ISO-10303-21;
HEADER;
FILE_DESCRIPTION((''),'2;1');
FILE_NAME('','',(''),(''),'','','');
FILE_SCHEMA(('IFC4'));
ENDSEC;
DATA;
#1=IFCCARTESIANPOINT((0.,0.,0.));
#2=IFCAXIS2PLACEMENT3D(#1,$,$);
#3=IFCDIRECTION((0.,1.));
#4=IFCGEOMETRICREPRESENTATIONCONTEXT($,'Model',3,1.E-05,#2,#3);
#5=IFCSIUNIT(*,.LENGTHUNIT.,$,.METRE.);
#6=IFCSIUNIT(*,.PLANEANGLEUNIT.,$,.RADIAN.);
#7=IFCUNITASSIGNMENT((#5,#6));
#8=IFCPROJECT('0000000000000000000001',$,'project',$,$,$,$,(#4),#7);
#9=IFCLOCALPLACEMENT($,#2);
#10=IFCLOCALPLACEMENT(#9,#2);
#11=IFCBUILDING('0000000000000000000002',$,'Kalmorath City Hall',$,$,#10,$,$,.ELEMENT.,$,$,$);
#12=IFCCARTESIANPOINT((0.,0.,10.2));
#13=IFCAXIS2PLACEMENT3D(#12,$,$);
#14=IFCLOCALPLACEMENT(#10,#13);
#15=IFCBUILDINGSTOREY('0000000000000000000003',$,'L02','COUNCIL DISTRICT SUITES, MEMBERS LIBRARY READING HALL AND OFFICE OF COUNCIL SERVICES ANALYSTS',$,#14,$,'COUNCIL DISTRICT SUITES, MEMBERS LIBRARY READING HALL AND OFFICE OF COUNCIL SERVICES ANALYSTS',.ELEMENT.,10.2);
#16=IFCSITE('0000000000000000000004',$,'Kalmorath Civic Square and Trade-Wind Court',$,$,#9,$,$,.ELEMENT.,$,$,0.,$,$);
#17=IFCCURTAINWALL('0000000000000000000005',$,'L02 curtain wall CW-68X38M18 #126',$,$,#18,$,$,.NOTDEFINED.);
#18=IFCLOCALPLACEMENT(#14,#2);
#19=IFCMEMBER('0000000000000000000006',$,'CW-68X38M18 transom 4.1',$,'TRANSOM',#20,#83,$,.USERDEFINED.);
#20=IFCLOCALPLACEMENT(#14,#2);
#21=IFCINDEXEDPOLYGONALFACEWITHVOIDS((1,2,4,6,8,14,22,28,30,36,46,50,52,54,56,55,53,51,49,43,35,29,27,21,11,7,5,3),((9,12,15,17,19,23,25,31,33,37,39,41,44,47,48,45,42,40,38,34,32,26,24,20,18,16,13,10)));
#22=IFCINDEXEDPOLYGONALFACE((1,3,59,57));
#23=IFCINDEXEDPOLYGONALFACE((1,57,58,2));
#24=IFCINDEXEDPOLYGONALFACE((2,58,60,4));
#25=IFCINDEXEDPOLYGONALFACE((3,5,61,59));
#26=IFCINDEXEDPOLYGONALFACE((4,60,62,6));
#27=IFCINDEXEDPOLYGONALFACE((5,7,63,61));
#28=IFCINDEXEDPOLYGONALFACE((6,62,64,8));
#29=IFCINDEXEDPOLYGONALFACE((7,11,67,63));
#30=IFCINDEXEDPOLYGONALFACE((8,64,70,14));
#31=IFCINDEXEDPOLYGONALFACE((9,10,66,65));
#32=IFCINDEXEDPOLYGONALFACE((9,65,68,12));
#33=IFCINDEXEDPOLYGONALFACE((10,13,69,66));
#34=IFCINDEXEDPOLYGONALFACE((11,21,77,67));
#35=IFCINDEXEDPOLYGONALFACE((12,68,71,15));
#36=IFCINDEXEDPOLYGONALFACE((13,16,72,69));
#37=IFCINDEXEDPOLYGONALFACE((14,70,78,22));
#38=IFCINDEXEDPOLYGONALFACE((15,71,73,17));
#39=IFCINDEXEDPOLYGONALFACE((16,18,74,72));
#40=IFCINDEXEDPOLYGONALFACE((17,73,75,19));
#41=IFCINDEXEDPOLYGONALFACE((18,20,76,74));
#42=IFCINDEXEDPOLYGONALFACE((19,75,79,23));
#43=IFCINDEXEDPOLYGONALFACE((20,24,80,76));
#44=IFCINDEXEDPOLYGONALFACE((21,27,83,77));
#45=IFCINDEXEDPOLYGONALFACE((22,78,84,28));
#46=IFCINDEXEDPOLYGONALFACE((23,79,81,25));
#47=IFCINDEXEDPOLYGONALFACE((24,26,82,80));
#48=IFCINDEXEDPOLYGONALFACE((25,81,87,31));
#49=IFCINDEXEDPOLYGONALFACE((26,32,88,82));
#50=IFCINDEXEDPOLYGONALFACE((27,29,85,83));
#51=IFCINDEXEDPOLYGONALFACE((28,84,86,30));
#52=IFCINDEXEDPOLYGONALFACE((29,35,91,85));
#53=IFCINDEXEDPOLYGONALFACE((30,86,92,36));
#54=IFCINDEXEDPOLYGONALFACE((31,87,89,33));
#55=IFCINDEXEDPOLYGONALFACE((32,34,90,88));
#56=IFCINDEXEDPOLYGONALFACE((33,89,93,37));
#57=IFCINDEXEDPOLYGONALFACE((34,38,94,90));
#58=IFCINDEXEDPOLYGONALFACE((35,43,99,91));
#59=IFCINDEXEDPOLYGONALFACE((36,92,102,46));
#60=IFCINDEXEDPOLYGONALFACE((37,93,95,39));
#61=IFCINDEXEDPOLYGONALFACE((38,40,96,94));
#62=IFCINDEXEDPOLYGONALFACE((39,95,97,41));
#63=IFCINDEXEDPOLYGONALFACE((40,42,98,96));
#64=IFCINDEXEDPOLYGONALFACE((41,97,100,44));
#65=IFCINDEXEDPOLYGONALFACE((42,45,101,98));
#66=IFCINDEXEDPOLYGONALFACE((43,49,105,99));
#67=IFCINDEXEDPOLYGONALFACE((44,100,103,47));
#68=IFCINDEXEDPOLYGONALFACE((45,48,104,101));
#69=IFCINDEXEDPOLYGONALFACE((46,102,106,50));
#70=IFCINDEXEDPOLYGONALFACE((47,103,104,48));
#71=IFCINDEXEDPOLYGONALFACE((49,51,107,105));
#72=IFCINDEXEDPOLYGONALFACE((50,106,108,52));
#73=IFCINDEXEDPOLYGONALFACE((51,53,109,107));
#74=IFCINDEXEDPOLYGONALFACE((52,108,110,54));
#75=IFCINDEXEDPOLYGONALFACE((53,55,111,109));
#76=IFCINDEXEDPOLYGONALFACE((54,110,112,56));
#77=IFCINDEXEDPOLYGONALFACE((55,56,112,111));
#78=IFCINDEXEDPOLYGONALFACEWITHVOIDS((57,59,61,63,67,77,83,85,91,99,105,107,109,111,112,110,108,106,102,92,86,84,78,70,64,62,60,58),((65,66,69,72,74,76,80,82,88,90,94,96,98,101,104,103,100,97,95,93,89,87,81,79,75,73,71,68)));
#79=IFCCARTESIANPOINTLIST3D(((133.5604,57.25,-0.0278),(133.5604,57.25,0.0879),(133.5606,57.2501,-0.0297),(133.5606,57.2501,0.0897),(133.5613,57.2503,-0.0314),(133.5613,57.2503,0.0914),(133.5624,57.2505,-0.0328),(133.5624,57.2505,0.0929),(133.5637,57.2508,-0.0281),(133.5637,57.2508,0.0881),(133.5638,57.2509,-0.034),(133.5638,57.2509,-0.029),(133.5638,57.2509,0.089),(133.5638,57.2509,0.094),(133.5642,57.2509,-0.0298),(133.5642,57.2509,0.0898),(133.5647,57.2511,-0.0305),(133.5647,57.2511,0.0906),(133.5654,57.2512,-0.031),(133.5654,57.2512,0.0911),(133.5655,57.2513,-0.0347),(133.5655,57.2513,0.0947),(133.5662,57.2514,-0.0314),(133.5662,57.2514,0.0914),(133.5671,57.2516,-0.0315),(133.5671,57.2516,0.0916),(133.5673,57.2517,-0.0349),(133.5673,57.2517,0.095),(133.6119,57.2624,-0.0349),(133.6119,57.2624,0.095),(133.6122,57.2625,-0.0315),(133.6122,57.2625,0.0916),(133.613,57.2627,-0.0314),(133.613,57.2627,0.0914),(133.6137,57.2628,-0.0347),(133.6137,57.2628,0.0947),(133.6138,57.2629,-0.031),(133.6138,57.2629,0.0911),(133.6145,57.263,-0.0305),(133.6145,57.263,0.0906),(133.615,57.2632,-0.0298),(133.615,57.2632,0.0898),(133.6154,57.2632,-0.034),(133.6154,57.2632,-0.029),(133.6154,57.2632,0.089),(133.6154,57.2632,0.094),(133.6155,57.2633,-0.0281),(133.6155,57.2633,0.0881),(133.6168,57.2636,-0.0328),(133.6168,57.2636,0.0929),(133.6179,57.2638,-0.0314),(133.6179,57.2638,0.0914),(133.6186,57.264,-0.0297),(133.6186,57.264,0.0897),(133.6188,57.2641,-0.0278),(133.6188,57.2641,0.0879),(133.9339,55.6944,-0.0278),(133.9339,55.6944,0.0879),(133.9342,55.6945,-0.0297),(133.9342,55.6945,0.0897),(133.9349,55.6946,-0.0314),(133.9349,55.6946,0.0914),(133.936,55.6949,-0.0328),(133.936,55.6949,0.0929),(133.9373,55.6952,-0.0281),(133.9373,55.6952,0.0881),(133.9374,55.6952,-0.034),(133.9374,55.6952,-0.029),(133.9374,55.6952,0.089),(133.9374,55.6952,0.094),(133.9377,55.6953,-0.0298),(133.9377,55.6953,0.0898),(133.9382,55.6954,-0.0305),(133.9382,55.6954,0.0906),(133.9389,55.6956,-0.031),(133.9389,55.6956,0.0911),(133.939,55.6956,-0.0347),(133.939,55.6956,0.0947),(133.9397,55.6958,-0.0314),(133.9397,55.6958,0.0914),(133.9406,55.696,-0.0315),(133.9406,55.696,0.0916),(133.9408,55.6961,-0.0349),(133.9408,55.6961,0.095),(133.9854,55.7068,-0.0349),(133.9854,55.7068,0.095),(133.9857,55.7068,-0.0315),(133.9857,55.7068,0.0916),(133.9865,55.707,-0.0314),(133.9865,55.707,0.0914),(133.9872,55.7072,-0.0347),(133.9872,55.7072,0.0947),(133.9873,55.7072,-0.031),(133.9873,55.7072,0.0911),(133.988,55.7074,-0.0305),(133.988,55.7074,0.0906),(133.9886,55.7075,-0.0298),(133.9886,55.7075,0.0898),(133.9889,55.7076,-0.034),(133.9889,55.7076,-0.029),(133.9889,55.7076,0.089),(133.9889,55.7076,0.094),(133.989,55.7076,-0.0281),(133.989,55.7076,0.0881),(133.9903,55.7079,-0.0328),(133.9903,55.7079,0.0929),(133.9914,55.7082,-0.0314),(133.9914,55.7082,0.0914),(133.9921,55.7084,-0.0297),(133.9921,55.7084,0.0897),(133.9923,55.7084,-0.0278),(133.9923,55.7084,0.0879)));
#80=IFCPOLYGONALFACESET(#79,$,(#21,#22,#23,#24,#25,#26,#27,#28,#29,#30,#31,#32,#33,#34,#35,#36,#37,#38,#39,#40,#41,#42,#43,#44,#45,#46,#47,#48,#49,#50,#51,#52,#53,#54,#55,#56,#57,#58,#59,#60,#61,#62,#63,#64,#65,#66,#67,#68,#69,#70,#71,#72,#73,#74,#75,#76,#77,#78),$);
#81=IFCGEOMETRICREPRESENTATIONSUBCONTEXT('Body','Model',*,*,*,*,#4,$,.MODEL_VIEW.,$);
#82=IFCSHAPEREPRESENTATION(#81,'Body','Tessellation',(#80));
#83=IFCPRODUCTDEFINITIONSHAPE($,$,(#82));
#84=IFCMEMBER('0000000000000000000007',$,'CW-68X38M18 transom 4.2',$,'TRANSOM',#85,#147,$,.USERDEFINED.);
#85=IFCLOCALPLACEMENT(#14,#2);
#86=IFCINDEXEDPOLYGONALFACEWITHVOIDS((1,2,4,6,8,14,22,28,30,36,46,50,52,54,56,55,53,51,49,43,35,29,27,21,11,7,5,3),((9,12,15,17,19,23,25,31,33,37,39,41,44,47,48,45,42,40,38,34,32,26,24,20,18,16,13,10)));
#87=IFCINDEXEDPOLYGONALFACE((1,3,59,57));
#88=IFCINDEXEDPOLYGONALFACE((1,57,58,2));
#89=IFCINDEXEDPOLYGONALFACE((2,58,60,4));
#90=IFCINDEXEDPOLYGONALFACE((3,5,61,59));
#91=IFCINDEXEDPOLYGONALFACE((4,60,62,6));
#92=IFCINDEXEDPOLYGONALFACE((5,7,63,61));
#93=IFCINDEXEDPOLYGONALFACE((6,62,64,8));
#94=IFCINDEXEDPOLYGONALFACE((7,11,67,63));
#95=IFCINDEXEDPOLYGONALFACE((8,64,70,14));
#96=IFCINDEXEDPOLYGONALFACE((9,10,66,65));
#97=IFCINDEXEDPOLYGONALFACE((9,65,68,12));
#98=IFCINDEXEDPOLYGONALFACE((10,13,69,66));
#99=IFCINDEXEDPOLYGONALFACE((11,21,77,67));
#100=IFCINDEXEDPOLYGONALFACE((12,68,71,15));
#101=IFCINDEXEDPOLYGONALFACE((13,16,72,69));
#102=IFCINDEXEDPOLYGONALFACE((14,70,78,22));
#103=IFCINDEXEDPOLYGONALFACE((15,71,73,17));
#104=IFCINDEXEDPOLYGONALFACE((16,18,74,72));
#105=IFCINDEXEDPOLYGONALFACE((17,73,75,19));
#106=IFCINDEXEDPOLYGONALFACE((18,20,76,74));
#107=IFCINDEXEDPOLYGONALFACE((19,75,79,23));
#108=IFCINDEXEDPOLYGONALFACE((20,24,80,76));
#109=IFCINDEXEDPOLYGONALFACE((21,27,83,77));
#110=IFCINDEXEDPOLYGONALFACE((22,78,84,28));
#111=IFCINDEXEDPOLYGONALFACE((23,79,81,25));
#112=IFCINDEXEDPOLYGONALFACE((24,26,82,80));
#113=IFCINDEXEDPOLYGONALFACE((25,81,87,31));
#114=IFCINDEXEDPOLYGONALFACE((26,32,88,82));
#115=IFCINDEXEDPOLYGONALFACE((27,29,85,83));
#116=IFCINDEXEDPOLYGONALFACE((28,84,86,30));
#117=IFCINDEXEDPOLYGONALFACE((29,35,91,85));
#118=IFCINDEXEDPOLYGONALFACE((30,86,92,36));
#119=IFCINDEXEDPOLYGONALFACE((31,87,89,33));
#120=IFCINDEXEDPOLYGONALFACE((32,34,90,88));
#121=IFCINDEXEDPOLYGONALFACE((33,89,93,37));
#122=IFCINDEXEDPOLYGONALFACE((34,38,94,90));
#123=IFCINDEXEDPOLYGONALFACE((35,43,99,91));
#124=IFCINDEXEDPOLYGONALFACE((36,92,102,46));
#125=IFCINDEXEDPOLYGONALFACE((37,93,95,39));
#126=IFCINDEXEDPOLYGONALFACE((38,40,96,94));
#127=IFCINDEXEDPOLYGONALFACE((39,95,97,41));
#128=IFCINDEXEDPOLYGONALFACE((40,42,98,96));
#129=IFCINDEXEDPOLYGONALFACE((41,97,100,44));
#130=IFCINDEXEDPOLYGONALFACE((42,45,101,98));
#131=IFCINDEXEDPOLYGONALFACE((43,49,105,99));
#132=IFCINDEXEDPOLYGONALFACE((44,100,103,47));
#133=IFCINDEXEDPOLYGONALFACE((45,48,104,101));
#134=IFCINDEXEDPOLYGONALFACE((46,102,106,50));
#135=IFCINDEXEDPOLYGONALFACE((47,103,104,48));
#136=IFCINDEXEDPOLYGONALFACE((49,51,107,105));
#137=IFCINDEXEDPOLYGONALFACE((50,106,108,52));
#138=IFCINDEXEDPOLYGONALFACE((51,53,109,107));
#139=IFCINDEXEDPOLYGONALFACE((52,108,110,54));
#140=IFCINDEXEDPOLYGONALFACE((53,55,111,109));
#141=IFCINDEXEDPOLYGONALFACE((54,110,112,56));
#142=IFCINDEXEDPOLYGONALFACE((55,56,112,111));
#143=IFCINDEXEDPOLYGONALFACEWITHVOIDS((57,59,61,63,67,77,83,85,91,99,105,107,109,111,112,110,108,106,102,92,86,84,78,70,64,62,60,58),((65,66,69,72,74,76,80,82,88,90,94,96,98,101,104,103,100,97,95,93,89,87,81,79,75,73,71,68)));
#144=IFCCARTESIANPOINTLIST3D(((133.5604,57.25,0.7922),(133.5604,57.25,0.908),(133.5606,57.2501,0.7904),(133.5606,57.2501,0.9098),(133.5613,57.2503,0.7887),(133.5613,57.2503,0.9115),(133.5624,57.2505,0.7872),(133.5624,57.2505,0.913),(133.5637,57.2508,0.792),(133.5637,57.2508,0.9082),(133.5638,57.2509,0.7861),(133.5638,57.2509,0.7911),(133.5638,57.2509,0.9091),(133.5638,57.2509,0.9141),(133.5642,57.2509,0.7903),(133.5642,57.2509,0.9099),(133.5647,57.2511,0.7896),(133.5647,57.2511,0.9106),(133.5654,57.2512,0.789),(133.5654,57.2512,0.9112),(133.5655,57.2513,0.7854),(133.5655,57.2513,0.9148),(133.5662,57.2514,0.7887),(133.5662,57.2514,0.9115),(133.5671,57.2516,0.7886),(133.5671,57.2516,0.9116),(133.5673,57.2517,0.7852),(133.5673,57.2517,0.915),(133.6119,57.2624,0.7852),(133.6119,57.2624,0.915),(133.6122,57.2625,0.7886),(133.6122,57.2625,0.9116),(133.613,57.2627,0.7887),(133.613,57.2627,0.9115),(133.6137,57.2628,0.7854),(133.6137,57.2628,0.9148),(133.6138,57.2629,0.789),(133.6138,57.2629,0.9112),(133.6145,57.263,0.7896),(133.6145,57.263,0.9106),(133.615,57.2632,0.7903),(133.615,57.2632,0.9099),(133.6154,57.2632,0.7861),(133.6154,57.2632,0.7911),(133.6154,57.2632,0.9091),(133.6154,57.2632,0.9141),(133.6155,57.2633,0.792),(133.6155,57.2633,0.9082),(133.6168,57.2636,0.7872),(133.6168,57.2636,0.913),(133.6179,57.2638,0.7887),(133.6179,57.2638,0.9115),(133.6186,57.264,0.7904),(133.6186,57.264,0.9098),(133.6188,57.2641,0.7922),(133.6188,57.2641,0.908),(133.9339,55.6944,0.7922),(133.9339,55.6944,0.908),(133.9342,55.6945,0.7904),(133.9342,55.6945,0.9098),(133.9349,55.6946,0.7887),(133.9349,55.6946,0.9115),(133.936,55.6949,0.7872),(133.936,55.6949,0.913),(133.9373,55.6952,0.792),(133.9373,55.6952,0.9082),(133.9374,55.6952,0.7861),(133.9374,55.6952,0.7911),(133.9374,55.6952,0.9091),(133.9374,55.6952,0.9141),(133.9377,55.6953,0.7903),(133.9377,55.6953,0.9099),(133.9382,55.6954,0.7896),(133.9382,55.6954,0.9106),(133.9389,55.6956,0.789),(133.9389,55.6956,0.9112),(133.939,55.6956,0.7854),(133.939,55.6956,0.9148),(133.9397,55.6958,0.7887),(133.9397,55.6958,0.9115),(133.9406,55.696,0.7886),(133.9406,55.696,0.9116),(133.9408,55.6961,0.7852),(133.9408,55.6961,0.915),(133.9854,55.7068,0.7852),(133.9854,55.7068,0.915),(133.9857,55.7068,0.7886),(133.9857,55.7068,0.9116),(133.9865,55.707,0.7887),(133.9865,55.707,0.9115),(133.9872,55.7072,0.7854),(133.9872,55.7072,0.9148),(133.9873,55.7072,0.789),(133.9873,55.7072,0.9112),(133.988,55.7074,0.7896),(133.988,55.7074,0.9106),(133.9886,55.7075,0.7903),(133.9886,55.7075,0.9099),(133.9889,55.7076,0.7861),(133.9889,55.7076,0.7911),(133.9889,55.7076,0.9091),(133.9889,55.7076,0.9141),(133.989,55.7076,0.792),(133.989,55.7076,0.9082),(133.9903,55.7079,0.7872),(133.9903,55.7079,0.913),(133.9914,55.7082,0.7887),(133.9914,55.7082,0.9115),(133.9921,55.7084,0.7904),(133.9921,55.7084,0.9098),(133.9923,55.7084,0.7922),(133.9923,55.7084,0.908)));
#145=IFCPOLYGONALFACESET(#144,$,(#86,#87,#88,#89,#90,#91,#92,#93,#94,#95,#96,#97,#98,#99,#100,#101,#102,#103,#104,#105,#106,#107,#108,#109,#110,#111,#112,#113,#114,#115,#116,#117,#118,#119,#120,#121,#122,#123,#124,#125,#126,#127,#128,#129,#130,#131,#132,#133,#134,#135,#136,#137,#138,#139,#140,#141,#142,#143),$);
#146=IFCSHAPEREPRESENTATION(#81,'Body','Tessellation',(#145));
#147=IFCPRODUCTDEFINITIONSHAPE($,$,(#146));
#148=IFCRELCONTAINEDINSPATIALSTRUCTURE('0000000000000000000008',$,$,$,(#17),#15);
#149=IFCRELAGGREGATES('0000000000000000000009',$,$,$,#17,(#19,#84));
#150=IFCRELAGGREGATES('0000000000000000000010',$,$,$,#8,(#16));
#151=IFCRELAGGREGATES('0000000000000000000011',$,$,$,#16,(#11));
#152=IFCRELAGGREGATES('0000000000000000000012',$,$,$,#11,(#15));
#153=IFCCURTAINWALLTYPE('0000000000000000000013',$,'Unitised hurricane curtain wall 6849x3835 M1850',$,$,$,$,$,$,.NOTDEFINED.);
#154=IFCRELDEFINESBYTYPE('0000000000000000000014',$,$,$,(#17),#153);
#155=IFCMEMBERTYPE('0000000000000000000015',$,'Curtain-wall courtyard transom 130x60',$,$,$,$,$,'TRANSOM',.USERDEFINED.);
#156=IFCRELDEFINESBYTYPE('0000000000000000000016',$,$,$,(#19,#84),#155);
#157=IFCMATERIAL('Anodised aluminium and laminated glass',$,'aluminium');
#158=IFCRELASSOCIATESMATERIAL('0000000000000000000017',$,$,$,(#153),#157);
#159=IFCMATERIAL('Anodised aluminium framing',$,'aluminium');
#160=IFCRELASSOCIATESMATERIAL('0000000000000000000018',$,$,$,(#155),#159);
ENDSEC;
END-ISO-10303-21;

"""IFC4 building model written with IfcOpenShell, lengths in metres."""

from ifc_helpers import new_model, si_unit, direction, frame, origin, origin_2d, place, context, subcontext, project, spatial, hollow_rectangle, extrude, material, material_profile, profile_set, type_object, element, aggregate, save


model = new_model("IFC4")

# Units and contexts
model_context = context("Model", 3, precision=1e-05, world=origin(), true_north=direction((0.0, 1.0)))
body_context = subcontext(model_context, "Body", "Model", "MODEL_VIEW")
ifc_project = project(units=[si_unit("LENGTHUNIT", "METRE"), si_unit("PLANEANGLEUNIT", "RADIAN")], contexts=[model_context])

# Site, building, storey
site_placement = place(None, origin())
site = spatial("IfcSite", under=ifc_project, at=site_placement, Name="Kalmorath Civic Square and Trade-Wind Court", CompositionType="ELEMENT", RefElevation=0.0)
building_placement = place(site_placement, origin())
building = spatial("IfcBuilding", under=site, at=building_placement, Name="Kalmorath City Hall", CompositionType="ELEMENT")
storey_placement = place(building_placement, frame((0.0, 0.0, 10.2)))
storey = spatial("IfcBuildingStorey", under=building, at=storey_placement, Name="L02", Description="COUNCIL DISTRICT SUITES, MEMBERS LIBRARY READING HALL AND OFFICE OF COUNCIL SERVICES ANALYSTS", LongName="COUNCIL DISTRICT SUITES, MEMBERS LIBRARY READING HALL AND OFFICE OF COUNCIL SERVICES ANALYSTS", CompositionType="ELEMENT", Elevation=10.2)

# Curtain wall, members
ifc_material_1 = material(Name="Anodised aluminium and laminated glass", Category="aluminium")
curtain_wall_type = type_object("IfcCurtainWallType", Name="Unitised hurricane curtain wall 6849x3835 M1850", PredefinedType="NOTDEFINED", material=ifc_material_1)
curtain_wall_1_placement = place(storey_placement, origin())
curtain_wall_1 = element("IfcCurtainWall", 1, at=curtain_wall_1_placement, inside=storey, type_object=curtain_wall_type, Name="L02 curtain wall CW-68X38M18 #126", PredefinedType="NOTDEFINED")
ifc_material_2 = material(Name="Anodised aluminium framing", Category="aluminium")
ifc_material_profile_1 = material_profile(ifc_material_2, hollow_rectangle(XDim=0.0601, YDim=0.1299, WallThickness=0.0034, InnerFilletRadius=0.0034, OuterFilletRadius=0.0071, at=origin_2d()), Name="ALU-TRN-130X60X3.5")
ifc_profile_set_1 = profile_set([ifc_material_profile_1], Name="Anodised aluminium framing")
member_type_1 = type_object("IfcMemberType", Name="Curtain-wall courtyard transom 130x60", ElementType="TRANSOM", PredefinedType="USERDEFINED", material=ifc_profile_set_1)
member_1_placement = place(storey_placement, frame((133.9631, 55.7014, 0.03), z_axis=(-0.233477, 0.972362, 0.0), x_axis=(-0.972362, -0.233477, 0.0)))
member_1 = element("IfcMember", 2, at=member_1_placement, type_object=member_type_1, Name="CW-68X38M18 transom 4.1", ObjectType="TRANSOM", PredefinedType="USERDEFINED", context=body_context, shape_type="SweptSolid", body=[
    extrude(hollow_rectangle(XDim=0.0601, YDim=0.1299, WallThickness=0.0034, InnerFilletRadius=0.0034, OuterFilletRadius=0.0071, at=origin_2d()), origin(), (0.0, 0.0, 1.0), 1.5999),
])
member_2_placement = place(storey_placement, frame((133.9631, 55.7014, 0.8501), z_axis=(-0.233477, 0.972362, 0.0), x_axis=(-0.972362, -0.233477, 0.0)))
member_2 = element("IfcMember", 3, at=member_2_placement, type_object=member_type_1, Name="CW-68X38M18 transom 4.2", ObjectType="TRANSOM", PredefinedType="USERDEFINED", context=body_context, shape_type="SweptSolid", body=[
    extrude(hollow_rectangle(XDim=0.0601, YDim=0.1299, WallThickness=0.0034, InnerFilletRadius=0.0034, OuterFilletRadius=0.0071, at=origin_2d()), origin(), (0.0, 0.0, 1.0), 1.5999),
])

aggregate(curtain_wall_1, [member_1, member_2])

save(model, "model.ifc")
